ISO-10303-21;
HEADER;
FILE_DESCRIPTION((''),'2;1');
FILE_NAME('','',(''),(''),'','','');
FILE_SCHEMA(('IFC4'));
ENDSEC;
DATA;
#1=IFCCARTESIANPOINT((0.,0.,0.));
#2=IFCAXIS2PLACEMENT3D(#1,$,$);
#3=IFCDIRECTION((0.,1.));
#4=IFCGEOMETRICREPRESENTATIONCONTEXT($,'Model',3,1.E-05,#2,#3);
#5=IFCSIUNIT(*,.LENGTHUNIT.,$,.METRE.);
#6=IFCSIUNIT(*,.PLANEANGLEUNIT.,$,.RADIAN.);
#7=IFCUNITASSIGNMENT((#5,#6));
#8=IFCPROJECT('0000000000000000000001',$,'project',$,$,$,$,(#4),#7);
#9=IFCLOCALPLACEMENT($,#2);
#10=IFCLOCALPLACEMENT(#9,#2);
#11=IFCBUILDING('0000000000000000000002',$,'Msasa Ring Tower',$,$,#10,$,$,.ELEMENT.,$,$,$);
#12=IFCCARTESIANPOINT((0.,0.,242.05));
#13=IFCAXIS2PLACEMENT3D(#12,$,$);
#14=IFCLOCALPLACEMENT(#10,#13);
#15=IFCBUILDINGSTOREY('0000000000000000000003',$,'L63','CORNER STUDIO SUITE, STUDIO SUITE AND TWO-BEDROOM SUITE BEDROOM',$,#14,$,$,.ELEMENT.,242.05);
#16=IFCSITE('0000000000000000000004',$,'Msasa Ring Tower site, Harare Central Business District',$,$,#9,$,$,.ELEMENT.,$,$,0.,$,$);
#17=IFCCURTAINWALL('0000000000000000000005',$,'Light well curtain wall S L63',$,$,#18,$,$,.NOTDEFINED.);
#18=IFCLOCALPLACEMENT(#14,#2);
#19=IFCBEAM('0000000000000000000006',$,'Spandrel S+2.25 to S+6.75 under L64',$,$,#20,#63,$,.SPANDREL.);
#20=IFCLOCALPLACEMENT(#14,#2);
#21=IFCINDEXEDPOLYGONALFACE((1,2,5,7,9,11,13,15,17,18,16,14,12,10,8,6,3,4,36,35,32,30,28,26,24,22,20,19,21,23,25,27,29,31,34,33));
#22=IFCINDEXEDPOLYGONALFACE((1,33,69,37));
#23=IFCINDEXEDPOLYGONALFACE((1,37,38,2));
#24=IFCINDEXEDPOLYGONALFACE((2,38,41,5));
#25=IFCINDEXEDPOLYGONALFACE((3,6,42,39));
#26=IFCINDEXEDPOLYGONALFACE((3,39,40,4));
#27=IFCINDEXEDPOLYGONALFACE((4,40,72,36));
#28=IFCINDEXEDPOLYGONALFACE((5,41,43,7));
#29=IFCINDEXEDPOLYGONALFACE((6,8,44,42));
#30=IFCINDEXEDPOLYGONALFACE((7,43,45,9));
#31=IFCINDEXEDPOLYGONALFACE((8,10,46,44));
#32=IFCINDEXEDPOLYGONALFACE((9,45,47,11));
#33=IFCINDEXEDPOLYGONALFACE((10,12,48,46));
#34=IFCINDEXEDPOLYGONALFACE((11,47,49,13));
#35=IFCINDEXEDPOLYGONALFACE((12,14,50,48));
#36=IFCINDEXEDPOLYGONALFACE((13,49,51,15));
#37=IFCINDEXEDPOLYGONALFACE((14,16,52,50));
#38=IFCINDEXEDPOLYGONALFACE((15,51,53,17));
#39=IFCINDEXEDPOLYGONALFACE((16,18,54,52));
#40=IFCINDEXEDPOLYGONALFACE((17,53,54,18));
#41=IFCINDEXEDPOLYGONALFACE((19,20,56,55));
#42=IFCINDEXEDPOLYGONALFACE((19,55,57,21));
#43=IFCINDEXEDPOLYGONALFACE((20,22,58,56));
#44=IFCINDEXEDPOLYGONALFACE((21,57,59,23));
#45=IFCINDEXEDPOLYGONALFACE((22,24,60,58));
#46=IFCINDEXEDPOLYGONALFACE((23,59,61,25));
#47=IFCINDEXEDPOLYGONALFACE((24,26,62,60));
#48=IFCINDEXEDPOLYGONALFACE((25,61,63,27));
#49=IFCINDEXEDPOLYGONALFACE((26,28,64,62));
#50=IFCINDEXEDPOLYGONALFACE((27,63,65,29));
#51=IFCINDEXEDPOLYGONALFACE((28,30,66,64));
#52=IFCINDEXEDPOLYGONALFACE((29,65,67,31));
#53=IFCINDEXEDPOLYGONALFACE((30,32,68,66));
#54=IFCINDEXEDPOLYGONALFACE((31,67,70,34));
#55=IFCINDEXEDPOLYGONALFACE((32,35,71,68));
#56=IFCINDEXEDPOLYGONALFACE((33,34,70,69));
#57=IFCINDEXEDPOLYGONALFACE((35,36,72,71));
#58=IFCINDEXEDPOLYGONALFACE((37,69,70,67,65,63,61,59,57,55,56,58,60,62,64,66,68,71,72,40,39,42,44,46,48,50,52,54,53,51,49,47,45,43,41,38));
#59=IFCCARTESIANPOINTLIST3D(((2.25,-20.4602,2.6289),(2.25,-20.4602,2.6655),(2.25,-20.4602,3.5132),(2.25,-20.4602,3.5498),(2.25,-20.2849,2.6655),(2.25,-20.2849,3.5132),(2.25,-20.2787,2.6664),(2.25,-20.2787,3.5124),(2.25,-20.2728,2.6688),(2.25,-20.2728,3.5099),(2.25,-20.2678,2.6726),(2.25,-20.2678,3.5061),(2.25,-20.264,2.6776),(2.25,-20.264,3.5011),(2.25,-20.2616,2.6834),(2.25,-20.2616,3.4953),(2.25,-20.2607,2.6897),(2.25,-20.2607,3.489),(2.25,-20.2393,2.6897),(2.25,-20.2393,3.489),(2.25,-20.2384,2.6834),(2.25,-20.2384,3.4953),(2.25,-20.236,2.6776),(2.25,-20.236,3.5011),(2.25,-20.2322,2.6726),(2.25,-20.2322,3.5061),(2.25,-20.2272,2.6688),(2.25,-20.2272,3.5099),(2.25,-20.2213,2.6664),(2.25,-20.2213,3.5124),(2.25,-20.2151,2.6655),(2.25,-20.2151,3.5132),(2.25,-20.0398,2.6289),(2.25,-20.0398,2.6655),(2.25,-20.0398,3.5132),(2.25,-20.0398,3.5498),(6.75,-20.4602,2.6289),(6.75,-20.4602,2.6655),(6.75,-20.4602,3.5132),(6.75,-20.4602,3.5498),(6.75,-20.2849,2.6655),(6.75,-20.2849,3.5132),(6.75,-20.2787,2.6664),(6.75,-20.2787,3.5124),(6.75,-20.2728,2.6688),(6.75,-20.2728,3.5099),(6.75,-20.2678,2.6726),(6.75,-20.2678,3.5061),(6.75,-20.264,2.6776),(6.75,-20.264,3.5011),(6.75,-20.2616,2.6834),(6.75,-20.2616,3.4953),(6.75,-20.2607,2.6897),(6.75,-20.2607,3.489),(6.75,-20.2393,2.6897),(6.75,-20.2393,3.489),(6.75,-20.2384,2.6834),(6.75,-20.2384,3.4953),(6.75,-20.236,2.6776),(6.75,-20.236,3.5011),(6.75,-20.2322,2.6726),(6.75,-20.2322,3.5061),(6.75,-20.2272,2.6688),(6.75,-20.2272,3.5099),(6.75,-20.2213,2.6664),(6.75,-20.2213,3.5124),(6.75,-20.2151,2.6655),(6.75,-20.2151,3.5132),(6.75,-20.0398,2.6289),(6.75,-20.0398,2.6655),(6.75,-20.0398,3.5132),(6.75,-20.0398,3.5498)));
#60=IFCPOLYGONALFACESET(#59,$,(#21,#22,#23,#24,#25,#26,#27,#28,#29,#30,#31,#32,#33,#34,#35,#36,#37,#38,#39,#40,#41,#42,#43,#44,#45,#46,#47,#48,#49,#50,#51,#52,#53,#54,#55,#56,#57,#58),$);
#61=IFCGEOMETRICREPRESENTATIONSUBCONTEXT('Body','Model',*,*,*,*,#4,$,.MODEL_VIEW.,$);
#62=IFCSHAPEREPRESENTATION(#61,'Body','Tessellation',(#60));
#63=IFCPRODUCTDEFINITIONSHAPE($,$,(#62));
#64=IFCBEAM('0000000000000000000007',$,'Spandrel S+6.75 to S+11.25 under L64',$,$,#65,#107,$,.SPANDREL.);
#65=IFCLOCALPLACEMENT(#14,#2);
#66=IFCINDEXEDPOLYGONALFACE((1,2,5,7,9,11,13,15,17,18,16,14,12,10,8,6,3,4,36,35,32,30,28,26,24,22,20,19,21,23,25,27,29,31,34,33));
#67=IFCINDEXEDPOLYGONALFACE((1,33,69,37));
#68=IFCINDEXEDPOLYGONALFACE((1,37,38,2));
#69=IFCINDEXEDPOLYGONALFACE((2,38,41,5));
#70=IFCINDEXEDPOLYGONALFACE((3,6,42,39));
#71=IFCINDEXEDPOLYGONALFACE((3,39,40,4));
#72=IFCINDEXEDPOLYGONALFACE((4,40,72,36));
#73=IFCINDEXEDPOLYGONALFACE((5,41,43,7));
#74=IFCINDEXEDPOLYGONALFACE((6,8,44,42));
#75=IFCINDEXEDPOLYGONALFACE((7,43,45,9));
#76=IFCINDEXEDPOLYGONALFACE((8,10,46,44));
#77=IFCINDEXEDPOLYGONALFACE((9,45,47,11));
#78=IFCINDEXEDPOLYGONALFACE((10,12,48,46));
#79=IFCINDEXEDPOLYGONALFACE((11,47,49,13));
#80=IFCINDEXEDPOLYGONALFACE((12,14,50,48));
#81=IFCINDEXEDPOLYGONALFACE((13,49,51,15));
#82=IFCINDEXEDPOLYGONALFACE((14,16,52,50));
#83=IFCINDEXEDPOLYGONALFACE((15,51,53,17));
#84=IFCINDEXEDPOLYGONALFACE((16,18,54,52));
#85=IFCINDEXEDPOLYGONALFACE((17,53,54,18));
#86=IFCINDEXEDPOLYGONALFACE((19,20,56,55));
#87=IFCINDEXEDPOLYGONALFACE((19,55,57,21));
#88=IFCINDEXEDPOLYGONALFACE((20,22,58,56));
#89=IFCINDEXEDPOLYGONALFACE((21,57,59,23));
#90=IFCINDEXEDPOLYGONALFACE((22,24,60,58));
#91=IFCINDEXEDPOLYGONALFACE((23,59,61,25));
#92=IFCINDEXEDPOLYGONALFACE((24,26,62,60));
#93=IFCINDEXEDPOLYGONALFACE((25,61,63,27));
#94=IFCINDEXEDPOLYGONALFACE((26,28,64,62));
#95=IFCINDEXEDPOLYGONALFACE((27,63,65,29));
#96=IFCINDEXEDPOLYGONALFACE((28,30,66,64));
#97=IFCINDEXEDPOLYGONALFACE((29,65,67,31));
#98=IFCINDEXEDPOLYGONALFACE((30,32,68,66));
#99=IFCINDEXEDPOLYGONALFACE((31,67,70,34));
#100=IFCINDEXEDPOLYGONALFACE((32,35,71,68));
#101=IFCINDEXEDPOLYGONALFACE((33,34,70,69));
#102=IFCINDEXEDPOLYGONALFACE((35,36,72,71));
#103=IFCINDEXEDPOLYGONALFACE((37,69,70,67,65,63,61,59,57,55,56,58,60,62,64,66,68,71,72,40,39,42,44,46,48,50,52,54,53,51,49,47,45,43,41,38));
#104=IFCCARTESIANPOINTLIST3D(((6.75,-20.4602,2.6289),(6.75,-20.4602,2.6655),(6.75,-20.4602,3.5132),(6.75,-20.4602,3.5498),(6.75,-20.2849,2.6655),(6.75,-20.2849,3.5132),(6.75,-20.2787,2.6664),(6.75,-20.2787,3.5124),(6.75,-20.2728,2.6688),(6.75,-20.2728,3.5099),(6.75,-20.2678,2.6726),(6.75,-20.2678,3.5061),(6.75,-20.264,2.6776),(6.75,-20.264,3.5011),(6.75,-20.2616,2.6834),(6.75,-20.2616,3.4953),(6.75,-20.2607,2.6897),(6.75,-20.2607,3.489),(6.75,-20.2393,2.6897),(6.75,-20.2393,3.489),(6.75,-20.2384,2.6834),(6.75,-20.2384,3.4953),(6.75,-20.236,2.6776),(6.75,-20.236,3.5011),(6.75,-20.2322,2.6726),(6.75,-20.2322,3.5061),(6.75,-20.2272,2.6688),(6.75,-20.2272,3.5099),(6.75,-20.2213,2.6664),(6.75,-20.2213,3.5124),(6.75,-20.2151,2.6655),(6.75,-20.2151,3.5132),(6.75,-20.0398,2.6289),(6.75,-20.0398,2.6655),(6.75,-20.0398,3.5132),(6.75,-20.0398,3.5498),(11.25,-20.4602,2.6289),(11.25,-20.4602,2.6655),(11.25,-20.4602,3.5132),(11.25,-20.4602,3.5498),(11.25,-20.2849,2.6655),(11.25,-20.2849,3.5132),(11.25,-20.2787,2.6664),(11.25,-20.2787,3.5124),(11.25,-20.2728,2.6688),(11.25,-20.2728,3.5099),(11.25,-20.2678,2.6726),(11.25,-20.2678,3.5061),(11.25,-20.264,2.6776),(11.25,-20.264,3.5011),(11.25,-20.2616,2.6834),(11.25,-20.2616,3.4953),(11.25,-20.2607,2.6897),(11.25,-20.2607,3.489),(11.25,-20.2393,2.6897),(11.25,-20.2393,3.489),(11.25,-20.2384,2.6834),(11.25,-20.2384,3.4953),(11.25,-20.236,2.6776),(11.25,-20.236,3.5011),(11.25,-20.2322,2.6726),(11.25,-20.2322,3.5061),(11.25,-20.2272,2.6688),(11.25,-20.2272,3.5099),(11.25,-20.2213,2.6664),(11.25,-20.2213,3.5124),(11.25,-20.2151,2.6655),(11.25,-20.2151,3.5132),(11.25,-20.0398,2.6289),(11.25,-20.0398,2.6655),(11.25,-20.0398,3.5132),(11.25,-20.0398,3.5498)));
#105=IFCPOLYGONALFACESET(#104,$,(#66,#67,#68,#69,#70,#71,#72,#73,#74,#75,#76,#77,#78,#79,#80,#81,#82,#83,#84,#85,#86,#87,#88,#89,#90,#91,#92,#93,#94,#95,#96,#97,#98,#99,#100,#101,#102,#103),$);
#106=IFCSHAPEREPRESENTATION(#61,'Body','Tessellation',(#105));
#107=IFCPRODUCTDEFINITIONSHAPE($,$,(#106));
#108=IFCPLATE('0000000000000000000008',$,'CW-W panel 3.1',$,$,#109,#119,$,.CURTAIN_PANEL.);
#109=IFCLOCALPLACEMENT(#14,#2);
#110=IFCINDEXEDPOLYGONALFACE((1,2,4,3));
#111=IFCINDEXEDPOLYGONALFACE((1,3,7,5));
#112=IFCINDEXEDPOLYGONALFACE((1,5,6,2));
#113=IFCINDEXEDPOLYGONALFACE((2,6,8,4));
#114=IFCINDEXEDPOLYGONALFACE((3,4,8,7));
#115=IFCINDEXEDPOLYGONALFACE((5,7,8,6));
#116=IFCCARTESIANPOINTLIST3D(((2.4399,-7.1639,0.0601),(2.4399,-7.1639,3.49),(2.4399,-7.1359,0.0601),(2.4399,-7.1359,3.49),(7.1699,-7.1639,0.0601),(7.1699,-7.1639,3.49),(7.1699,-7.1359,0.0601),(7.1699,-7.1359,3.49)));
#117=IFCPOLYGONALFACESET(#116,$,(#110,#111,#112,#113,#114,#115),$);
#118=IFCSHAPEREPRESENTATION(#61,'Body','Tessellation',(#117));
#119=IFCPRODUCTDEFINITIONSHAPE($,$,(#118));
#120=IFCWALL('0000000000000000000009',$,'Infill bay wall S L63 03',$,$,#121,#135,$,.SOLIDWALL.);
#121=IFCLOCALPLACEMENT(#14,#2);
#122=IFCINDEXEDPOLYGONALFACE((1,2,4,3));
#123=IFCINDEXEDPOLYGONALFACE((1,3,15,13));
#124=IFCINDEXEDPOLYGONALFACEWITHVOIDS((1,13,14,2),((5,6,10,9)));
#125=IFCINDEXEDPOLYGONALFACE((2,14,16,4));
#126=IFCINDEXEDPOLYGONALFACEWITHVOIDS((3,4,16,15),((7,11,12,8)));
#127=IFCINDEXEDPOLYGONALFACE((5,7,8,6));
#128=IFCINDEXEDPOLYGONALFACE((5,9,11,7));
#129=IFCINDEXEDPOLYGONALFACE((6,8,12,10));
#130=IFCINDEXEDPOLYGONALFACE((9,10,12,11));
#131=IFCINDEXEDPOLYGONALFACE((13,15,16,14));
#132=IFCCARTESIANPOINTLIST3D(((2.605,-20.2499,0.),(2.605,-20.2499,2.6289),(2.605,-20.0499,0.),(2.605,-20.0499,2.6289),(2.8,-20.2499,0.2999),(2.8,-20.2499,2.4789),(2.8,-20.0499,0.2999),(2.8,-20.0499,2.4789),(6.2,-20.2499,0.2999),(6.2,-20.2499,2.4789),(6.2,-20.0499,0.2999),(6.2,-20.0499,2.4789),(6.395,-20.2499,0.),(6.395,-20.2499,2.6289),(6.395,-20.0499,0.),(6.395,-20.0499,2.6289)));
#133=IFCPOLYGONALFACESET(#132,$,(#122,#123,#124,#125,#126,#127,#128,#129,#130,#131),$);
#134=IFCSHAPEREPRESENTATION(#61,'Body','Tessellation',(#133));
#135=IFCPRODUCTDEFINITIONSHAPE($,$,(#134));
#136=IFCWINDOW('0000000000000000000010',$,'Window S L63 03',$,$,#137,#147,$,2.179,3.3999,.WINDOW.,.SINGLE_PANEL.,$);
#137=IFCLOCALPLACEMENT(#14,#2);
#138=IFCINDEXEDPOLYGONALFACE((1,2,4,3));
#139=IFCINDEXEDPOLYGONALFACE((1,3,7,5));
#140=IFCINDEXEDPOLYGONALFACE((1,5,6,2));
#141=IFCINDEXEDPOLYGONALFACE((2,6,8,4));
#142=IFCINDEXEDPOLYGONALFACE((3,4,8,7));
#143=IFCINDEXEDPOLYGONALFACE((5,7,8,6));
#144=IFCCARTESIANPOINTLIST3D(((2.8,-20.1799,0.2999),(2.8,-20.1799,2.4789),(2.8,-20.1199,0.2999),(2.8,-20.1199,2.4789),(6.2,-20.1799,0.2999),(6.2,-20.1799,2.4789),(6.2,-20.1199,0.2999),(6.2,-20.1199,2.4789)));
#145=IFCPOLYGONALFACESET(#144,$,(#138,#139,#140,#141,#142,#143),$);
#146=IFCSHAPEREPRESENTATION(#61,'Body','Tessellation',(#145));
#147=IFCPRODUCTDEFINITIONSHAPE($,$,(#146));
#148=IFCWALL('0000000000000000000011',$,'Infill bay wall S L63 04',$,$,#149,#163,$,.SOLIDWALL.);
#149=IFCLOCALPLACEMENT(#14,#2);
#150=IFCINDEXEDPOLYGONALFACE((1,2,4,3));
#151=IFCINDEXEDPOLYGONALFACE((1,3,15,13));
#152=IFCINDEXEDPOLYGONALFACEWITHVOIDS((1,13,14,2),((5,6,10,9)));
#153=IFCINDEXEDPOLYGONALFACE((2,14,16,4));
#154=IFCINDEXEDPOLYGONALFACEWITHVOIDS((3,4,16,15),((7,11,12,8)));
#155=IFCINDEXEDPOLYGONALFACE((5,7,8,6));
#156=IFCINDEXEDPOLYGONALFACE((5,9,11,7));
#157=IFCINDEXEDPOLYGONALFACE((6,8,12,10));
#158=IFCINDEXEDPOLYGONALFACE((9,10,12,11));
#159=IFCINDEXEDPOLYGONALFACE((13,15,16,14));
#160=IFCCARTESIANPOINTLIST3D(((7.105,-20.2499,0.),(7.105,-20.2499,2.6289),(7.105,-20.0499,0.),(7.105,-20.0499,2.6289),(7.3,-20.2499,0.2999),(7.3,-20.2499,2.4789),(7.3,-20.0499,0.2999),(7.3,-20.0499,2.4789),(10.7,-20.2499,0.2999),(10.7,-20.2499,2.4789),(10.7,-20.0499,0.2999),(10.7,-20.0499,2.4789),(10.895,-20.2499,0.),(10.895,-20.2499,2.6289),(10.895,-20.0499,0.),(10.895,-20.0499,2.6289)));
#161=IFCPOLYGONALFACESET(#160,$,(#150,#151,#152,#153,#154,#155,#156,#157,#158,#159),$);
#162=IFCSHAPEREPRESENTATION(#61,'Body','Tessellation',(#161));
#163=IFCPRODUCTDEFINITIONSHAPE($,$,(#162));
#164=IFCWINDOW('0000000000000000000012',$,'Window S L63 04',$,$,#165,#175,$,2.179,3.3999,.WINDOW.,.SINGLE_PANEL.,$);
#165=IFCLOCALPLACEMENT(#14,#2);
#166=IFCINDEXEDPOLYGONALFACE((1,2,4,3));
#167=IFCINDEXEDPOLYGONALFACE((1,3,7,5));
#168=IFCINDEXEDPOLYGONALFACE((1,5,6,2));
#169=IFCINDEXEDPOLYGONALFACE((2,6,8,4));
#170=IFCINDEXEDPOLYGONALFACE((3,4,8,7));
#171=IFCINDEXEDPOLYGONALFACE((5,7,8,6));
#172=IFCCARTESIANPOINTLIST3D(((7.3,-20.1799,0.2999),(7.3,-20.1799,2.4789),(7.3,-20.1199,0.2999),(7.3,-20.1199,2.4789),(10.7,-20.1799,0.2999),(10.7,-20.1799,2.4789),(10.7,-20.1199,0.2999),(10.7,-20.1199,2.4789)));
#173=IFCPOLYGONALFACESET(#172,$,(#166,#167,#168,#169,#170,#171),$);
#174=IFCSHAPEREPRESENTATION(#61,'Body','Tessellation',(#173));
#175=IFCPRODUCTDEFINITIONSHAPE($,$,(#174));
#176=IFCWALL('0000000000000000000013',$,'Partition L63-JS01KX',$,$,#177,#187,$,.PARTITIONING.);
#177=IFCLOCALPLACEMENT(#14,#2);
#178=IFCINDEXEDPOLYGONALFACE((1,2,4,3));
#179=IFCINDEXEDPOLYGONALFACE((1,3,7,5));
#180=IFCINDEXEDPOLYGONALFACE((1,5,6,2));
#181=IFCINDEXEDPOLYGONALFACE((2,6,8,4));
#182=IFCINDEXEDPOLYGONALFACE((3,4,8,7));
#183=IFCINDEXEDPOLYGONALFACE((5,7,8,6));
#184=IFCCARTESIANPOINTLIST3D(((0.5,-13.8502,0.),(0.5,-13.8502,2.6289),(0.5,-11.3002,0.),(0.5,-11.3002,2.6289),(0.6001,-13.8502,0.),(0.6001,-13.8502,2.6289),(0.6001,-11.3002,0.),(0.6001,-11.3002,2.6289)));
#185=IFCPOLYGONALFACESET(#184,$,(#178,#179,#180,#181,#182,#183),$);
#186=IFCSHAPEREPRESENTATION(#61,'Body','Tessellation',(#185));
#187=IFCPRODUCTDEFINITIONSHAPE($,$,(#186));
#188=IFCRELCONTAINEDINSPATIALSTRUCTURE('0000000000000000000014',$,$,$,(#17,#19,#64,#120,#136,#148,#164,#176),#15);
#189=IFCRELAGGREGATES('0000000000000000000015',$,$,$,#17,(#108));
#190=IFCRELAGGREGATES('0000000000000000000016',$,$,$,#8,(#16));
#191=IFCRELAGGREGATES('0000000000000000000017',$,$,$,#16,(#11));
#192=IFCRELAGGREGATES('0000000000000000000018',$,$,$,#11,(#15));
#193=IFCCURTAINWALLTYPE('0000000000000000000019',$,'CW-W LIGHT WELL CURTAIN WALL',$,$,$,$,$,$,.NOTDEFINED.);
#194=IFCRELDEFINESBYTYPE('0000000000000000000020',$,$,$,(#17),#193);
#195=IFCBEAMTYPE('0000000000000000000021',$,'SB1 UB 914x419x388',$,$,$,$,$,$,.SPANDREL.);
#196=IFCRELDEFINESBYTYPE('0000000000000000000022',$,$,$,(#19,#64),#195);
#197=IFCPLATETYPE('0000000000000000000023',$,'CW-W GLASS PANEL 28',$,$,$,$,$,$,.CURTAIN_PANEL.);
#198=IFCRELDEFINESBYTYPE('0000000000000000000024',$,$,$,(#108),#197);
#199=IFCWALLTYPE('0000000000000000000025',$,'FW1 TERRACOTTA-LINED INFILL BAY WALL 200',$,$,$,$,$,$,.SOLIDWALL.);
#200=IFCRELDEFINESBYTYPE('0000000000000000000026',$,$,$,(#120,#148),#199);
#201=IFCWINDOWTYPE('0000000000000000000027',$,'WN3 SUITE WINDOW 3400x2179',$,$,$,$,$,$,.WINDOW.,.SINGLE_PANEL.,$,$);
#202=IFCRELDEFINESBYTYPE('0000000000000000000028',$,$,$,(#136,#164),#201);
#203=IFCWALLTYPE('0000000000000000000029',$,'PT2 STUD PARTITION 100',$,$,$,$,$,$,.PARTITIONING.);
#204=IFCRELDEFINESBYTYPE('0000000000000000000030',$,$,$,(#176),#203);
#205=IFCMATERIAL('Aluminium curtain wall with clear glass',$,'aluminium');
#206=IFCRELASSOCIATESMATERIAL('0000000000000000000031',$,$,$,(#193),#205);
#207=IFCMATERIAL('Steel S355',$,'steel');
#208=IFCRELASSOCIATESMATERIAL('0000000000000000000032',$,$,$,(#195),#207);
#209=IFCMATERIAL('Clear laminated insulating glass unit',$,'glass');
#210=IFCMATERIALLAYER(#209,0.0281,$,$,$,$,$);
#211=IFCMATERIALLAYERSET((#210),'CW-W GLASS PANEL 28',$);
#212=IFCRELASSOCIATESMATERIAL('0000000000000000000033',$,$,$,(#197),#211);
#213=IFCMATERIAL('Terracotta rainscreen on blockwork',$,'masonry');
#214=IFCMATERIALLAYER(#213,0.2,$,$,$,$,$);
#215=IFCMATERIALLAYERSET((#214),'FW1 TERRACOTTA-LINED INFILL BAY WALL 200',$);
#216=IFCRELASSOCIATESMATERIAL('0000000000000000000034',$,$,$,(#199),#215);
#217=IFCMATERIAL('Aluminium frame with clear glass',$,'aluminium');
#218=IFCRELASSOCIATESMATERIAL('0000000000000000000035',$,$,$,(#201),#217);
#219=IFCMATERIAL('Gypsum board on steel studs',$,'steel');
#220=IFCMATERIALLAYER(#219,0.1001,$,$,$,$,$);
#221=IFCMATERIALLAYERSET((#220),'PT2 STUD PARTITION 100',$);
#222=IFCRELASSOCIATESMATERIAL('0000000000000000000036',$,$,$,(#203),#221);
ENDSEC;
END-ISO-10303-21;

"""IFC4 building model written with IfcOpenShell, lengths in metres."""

from ifc_helpers import new_model, si_unit, direction, frame, frame_2d, origin, origin_2d, place, context, subcontext, project, spatial, rectangle, i_section, extrude, material, layer, layer_set, material_profile, profile_set, type_object, element, fill, aggregate, save


model = new_model("IFC4")

# Units and contexts
model_context = context("Model", 3, precision=1e-05, world=origin(), true_north=direction((0.0, 1.0)))
body_context = subcontext(model_context, "Body", "Model", "MODEL_VIEW")
ifc_project = project(units=[si_unit("LENGTHUNIT", "METRE"), si_unit("PLANEANGLEUNIT", "RADIAN")], contexts=[model_context])

# Site, building, storey
site_placement = place(None, origin())
site = spatial("IfcSite", under=ifc_project, at=site_placement, Name="Msasa Ring Tower site, Harare Central Business District", CompositionType="ELEMENT", RefElevation=0.0)
building_placement = place(site_placement, origin())
building = spatial("IfcBuilding", under=site, at=building_placement, Name="Msasa Ring Tower", CompositionType="ELEMENT")
storey_placement = place(building_placement, frame((0.0, 0.0, 242.05)))
storey = spatial("IfcBuildingStorey", under=building, at=storey_placement, Name="L63", Description="CORNER STUDIO SUITE, STUDIO SUITE AND TWO-BEDROOM SUITE BEDROOM", CompositionType="ELEMENT", Elevation=242.05)

# Curtain wall
ifc_material_1 = material(Name="Aluminium curtain wall with clear glass", Category="aluminium")
curtain_wall_type = type_object("IfcCurtainWallType", Name="CW-W LIGHT WELL CURTAIN WALL", PredefinedType="NOTDEFINED", material=ifc_material_1)
curtain_wall_placement = place(storey_placement, origin())
curtain_wall = element("IfcCurtainWall", 1, at=curtain_wall_placement, inside=storey, type_object=curtain_wall_type, Name="Light well curtain wall S L63", PredefinedType="NOTDEFINED")

# Beams
ifc_material_2 = material(Name="Steel S355", Category="steel")
ifc_material_profile_1 = material_profile(ifc_material_2, i_section(OverallWidth=0.4204, OverallDepth=0.9209, WebThickness=0.0215, FlangeThickness=0.0366, FilletRadius=0.0242, at=origin_2d()), Name="UB 914x419x388")
ifc_profile_set_1 = profile_set([ifc_material_profile_1], Name="Steel S355")
beam_type_1 = type_object("IfcBeamType", Name="SB1 UB 914x419x388", PredefinedType="SPANDREL", material=ifc_profile_set_1)
for number, where, z_axis, x_axis, name in (
    (2, (2.25, -20.25, 3.0894), (1.0, 0.0, 0.0), (0.0, 1.0, 0.0), "Spandrel S+2.25 to S+6.75 under L64"),
    (3, (6.75, -20.25, 3.0894), (1.0, 0.0, 0.0), (0.0, 1.0, 0.0), "Spandrel S+6.75 to S+11.25 under L64"),
):
    element("IfcBeam", number, at=place(storey_placement, frame(where, z_axis=z_axis, x_axis=x_axis)), inside=storey, type_object=beam_type_1, Name=name, PredefinedType="SPANDREL", context=body_context, shape_type="SweptSolid", body=[
        extrude(i_section(OverallWidth=0.4204, OverallDepth=0.9209, WebThickness=0.0215, FlangeThickness=0.0366, FilletRadius=0.0242, at=origin_2d()), origin(), (0.0, 0.0, 1.0), 4.5),
    ])

# Plate
ifc_material_3 = material(Name="Clear laminated insulating glass unit", Category="glass")
ifc_layer_1 = layer(ifc_material_3, 0.0281)
ifc_layer_set_1 = layer_set([ifc_layer_1], Name="CW-W GLASS PANEL 28")
plate_type = type_object("IfcPlateType", Name="CW-W GLASS PANEL 28", PredefinedType="CURTAIN_PANEL", material=ifc_layer_set_1)
plate_placement = place(storey_placement, frame((4.8049, -7.1499, 0.0601), z_axis=(0.0, 0.0, 1.0), x_axis=(1.0, 0.0, 0.0)))
plate = element("IfcPlate", 4, at=plate_placement, type_object=plate_type, Name="CW-W panel 3.1", PredefinedType="CURTAIN_PANEL", context=body_context, shape_type="SweptSolid", body=[
    extrude(rectangle(XDim=4.73, YDim=0.0281, at=origin_2d()), origin(), (0.0, 0.0, 1.0), 3.4299),
])
aggregate(curtain_wall, [plate])

# Walls, openings, windows
ifc_material_4 = material(Name="Terracotta rainscreen on blockwork", Category="masonry")
ifc_layer_2 = layer(ifc_material_4, 0.2)
ifc_layer_set_2 = layer_set([ifc_layer_2], Name="FW1 TERRACOTTA-LINED INFILL BAY WALL 200")
wall_type_1 = type_object("IfcWallType", Name="FW1 TERRACOTTA-LINED INFILL BAY WALL 200", PredefinedType="SOLIDWALL", material=ifc_layer_set_2)
wall_1_placement = place(storey_placement, frame((2.605, -20.1499, 0.0), z_axis=(0.0, 0.0, 1.0), x_axis=(1.0, 0.0, 0.0)))
wall_1 = element("IfcWall", 5, at=wall_1_placement, inside=storey, type_object=wall_type_1, Name="Infill bay wall S L63 03", PredefinedType="SOLIDWALL", context=body_context, shape_type="SweptSolid", body=[
    extrude(rectangle(XDim=3.79, YDim=0.2, at=frame_2d((1.895, 0.0))), origin(), (0.0, 0.0, 1.0), 2.6289),
])
opening_1_placement = place(wall_1_placement, frame((0.1951, 0.0, 0.3)))
opening_1 = element("IfcOpeningElement", 6, at=opening_1_placement, cuts=wall_1, PredefinedType="OPENING", context=body_context, shape_type="SweptSolid", body=[
    extrude(rectangle(XDim=3.3999, YDim=2.179, at=frame_2d((1.7, 1.0894))), frame((0.0, 0.1099, 0.0), z_axis=(0.0, -1.0, 0.0), x_axis=(1.0, 0.0, 0.0)), (0.0, 0.0, 1.0), 0.22),
])
ifc_material_5 = material(Name="Aluminium frame with clear glass", Category="aluminium")
window_type = type_object("IfcWindowType", Name="WN3 SUITE WINDOW 3400x2179", PartitioningType="SINGLE_PANEL", PredefinedType="WINDOW", material=ifc_material_5)
window_1_placement = place(opening_1_placement, origin())
window_1 = element("IfcWindow", 7, at=window_1_placement, inside=storey, type_object=window_type, Name="Window S L63 03", OverallHeight=2.179, OverallWidth=3.3999, PartitioningType="SINGLE_PANEL", PredefinedType="WINDOW", context=body_context, shape_type="SweptSolid", body=[
    extrude(rectangle(XDim=3.3999, YDim=2.179, at=frame_2d((1.7, 1.0894))), frame((0.0, 0.03, 0.0), z_axis=(0.0, -1.0, 0.0), x_axis=(1.0, 0.0, 0.0)), (0.0, 0.0, 1.0), 0.0601),
])
fill(opening_1, window_1)
wall_2_placement = place(storey_placement, frame((7.105, -20.1499, 0.0), z_axis=(0.0, 0.0, 1.0), x_axis=(1.0, 0.0, 0.0)))
wall_2 = element("IfcWall", 8, at=wall_2_placement, inside=storey, type_object=wall_type_1, Name="Infill bay wall S L63 04", PredefinedType="SOLIDWALL", context=body_context, shape_type="SweptSolid", body=[
    extrude(rectangle(XDim=3.79, YDim=0.2, at=frame_2d((1.895, 0.0))), origin(), (0.0, 0.0, 1.0), 2.6289),
])
opening_2_placement = place(wall_2_placement, frame((0.1951, 0.0, 0.3)))
opening_2 = element("IfcOpeningElement", 9, at=opening_2_placement, cuts=wall_2, PredefinedType="OPENING", context=body_context, shape_type="SweptSolid", body=[
    extrude(rectangle(XDim=3.3999, YDim=2.179, at=frame_2d((1.7, 1.0894))), frame((0.0, 0.1099, 0.0), z_axis=(0.0, -1.0, 0.0), x_axis=(1.0, 0.0, 0.0)), (0.0, 0.0, 1.0), 0.22),
])
window_2_placement = place(opening_2_placement, origin())
window_2 = element("IfcWindow", 10, at=window_2_placement, inside=storey, type_object=window_type, Name="Window S L63 04", OverallHeight=2.179, OverallWidth=3.3999, PartitioningType="SINGLE_PANEL", PredefinedType="WINDOW", context=body_context, shape_type="SweptSolid", body=[
    extrude(rectangle(XDim=3.3999, YDim=2.179, at=frame_2d((1.7, 1.0894))), frame((0.0, 0.03, 0.0), z_axis=(0.0, -1.0, 0.0), x_axis=(1.0, 0.0, 0.0)), (0.0, 0.0, 1.0), 0.0601),
])
fill(opening_2, window_2)

# Wall
ifc_material_6 = material(Name="Gypsum board on steel studs", Category="steel")
ifc_layer_3 = layer(ifc_material_6, 0.1001)
ifc_layer_set_3 = layer_set([ifc_layer_3], Name="PT2 STUD PARTITION 100")
wall_type_2 = type_object("IfcWallType", Name="PT2 STUD PARTITION 100", PredefinedType="PARTITIONING", material=ifc_layer_set_3)
wall_3_placement = place(storey_placement, frame((0.55, -13.8501, 0.0), z_axis=(0.0, 0.0, 1.0), x_axis=(0.0, 1.0, 0.0)))
element("IfcWall", 11, at=wall_3_placement, inside=storey, type_object=wall_type_2, Name="Partition L63-JS01KX", PredefinedType="PARTITIONING", context=body_context, shape_type="SweptSolid", body=[
    extrude(rectangle(XDim=2.55, YDim=0.1001, at=frame_2d((1.2749, 0.0))), origin(), (0.0, 0.0, 1.0), 2.6289),
])

save(model, "model.ifc")
